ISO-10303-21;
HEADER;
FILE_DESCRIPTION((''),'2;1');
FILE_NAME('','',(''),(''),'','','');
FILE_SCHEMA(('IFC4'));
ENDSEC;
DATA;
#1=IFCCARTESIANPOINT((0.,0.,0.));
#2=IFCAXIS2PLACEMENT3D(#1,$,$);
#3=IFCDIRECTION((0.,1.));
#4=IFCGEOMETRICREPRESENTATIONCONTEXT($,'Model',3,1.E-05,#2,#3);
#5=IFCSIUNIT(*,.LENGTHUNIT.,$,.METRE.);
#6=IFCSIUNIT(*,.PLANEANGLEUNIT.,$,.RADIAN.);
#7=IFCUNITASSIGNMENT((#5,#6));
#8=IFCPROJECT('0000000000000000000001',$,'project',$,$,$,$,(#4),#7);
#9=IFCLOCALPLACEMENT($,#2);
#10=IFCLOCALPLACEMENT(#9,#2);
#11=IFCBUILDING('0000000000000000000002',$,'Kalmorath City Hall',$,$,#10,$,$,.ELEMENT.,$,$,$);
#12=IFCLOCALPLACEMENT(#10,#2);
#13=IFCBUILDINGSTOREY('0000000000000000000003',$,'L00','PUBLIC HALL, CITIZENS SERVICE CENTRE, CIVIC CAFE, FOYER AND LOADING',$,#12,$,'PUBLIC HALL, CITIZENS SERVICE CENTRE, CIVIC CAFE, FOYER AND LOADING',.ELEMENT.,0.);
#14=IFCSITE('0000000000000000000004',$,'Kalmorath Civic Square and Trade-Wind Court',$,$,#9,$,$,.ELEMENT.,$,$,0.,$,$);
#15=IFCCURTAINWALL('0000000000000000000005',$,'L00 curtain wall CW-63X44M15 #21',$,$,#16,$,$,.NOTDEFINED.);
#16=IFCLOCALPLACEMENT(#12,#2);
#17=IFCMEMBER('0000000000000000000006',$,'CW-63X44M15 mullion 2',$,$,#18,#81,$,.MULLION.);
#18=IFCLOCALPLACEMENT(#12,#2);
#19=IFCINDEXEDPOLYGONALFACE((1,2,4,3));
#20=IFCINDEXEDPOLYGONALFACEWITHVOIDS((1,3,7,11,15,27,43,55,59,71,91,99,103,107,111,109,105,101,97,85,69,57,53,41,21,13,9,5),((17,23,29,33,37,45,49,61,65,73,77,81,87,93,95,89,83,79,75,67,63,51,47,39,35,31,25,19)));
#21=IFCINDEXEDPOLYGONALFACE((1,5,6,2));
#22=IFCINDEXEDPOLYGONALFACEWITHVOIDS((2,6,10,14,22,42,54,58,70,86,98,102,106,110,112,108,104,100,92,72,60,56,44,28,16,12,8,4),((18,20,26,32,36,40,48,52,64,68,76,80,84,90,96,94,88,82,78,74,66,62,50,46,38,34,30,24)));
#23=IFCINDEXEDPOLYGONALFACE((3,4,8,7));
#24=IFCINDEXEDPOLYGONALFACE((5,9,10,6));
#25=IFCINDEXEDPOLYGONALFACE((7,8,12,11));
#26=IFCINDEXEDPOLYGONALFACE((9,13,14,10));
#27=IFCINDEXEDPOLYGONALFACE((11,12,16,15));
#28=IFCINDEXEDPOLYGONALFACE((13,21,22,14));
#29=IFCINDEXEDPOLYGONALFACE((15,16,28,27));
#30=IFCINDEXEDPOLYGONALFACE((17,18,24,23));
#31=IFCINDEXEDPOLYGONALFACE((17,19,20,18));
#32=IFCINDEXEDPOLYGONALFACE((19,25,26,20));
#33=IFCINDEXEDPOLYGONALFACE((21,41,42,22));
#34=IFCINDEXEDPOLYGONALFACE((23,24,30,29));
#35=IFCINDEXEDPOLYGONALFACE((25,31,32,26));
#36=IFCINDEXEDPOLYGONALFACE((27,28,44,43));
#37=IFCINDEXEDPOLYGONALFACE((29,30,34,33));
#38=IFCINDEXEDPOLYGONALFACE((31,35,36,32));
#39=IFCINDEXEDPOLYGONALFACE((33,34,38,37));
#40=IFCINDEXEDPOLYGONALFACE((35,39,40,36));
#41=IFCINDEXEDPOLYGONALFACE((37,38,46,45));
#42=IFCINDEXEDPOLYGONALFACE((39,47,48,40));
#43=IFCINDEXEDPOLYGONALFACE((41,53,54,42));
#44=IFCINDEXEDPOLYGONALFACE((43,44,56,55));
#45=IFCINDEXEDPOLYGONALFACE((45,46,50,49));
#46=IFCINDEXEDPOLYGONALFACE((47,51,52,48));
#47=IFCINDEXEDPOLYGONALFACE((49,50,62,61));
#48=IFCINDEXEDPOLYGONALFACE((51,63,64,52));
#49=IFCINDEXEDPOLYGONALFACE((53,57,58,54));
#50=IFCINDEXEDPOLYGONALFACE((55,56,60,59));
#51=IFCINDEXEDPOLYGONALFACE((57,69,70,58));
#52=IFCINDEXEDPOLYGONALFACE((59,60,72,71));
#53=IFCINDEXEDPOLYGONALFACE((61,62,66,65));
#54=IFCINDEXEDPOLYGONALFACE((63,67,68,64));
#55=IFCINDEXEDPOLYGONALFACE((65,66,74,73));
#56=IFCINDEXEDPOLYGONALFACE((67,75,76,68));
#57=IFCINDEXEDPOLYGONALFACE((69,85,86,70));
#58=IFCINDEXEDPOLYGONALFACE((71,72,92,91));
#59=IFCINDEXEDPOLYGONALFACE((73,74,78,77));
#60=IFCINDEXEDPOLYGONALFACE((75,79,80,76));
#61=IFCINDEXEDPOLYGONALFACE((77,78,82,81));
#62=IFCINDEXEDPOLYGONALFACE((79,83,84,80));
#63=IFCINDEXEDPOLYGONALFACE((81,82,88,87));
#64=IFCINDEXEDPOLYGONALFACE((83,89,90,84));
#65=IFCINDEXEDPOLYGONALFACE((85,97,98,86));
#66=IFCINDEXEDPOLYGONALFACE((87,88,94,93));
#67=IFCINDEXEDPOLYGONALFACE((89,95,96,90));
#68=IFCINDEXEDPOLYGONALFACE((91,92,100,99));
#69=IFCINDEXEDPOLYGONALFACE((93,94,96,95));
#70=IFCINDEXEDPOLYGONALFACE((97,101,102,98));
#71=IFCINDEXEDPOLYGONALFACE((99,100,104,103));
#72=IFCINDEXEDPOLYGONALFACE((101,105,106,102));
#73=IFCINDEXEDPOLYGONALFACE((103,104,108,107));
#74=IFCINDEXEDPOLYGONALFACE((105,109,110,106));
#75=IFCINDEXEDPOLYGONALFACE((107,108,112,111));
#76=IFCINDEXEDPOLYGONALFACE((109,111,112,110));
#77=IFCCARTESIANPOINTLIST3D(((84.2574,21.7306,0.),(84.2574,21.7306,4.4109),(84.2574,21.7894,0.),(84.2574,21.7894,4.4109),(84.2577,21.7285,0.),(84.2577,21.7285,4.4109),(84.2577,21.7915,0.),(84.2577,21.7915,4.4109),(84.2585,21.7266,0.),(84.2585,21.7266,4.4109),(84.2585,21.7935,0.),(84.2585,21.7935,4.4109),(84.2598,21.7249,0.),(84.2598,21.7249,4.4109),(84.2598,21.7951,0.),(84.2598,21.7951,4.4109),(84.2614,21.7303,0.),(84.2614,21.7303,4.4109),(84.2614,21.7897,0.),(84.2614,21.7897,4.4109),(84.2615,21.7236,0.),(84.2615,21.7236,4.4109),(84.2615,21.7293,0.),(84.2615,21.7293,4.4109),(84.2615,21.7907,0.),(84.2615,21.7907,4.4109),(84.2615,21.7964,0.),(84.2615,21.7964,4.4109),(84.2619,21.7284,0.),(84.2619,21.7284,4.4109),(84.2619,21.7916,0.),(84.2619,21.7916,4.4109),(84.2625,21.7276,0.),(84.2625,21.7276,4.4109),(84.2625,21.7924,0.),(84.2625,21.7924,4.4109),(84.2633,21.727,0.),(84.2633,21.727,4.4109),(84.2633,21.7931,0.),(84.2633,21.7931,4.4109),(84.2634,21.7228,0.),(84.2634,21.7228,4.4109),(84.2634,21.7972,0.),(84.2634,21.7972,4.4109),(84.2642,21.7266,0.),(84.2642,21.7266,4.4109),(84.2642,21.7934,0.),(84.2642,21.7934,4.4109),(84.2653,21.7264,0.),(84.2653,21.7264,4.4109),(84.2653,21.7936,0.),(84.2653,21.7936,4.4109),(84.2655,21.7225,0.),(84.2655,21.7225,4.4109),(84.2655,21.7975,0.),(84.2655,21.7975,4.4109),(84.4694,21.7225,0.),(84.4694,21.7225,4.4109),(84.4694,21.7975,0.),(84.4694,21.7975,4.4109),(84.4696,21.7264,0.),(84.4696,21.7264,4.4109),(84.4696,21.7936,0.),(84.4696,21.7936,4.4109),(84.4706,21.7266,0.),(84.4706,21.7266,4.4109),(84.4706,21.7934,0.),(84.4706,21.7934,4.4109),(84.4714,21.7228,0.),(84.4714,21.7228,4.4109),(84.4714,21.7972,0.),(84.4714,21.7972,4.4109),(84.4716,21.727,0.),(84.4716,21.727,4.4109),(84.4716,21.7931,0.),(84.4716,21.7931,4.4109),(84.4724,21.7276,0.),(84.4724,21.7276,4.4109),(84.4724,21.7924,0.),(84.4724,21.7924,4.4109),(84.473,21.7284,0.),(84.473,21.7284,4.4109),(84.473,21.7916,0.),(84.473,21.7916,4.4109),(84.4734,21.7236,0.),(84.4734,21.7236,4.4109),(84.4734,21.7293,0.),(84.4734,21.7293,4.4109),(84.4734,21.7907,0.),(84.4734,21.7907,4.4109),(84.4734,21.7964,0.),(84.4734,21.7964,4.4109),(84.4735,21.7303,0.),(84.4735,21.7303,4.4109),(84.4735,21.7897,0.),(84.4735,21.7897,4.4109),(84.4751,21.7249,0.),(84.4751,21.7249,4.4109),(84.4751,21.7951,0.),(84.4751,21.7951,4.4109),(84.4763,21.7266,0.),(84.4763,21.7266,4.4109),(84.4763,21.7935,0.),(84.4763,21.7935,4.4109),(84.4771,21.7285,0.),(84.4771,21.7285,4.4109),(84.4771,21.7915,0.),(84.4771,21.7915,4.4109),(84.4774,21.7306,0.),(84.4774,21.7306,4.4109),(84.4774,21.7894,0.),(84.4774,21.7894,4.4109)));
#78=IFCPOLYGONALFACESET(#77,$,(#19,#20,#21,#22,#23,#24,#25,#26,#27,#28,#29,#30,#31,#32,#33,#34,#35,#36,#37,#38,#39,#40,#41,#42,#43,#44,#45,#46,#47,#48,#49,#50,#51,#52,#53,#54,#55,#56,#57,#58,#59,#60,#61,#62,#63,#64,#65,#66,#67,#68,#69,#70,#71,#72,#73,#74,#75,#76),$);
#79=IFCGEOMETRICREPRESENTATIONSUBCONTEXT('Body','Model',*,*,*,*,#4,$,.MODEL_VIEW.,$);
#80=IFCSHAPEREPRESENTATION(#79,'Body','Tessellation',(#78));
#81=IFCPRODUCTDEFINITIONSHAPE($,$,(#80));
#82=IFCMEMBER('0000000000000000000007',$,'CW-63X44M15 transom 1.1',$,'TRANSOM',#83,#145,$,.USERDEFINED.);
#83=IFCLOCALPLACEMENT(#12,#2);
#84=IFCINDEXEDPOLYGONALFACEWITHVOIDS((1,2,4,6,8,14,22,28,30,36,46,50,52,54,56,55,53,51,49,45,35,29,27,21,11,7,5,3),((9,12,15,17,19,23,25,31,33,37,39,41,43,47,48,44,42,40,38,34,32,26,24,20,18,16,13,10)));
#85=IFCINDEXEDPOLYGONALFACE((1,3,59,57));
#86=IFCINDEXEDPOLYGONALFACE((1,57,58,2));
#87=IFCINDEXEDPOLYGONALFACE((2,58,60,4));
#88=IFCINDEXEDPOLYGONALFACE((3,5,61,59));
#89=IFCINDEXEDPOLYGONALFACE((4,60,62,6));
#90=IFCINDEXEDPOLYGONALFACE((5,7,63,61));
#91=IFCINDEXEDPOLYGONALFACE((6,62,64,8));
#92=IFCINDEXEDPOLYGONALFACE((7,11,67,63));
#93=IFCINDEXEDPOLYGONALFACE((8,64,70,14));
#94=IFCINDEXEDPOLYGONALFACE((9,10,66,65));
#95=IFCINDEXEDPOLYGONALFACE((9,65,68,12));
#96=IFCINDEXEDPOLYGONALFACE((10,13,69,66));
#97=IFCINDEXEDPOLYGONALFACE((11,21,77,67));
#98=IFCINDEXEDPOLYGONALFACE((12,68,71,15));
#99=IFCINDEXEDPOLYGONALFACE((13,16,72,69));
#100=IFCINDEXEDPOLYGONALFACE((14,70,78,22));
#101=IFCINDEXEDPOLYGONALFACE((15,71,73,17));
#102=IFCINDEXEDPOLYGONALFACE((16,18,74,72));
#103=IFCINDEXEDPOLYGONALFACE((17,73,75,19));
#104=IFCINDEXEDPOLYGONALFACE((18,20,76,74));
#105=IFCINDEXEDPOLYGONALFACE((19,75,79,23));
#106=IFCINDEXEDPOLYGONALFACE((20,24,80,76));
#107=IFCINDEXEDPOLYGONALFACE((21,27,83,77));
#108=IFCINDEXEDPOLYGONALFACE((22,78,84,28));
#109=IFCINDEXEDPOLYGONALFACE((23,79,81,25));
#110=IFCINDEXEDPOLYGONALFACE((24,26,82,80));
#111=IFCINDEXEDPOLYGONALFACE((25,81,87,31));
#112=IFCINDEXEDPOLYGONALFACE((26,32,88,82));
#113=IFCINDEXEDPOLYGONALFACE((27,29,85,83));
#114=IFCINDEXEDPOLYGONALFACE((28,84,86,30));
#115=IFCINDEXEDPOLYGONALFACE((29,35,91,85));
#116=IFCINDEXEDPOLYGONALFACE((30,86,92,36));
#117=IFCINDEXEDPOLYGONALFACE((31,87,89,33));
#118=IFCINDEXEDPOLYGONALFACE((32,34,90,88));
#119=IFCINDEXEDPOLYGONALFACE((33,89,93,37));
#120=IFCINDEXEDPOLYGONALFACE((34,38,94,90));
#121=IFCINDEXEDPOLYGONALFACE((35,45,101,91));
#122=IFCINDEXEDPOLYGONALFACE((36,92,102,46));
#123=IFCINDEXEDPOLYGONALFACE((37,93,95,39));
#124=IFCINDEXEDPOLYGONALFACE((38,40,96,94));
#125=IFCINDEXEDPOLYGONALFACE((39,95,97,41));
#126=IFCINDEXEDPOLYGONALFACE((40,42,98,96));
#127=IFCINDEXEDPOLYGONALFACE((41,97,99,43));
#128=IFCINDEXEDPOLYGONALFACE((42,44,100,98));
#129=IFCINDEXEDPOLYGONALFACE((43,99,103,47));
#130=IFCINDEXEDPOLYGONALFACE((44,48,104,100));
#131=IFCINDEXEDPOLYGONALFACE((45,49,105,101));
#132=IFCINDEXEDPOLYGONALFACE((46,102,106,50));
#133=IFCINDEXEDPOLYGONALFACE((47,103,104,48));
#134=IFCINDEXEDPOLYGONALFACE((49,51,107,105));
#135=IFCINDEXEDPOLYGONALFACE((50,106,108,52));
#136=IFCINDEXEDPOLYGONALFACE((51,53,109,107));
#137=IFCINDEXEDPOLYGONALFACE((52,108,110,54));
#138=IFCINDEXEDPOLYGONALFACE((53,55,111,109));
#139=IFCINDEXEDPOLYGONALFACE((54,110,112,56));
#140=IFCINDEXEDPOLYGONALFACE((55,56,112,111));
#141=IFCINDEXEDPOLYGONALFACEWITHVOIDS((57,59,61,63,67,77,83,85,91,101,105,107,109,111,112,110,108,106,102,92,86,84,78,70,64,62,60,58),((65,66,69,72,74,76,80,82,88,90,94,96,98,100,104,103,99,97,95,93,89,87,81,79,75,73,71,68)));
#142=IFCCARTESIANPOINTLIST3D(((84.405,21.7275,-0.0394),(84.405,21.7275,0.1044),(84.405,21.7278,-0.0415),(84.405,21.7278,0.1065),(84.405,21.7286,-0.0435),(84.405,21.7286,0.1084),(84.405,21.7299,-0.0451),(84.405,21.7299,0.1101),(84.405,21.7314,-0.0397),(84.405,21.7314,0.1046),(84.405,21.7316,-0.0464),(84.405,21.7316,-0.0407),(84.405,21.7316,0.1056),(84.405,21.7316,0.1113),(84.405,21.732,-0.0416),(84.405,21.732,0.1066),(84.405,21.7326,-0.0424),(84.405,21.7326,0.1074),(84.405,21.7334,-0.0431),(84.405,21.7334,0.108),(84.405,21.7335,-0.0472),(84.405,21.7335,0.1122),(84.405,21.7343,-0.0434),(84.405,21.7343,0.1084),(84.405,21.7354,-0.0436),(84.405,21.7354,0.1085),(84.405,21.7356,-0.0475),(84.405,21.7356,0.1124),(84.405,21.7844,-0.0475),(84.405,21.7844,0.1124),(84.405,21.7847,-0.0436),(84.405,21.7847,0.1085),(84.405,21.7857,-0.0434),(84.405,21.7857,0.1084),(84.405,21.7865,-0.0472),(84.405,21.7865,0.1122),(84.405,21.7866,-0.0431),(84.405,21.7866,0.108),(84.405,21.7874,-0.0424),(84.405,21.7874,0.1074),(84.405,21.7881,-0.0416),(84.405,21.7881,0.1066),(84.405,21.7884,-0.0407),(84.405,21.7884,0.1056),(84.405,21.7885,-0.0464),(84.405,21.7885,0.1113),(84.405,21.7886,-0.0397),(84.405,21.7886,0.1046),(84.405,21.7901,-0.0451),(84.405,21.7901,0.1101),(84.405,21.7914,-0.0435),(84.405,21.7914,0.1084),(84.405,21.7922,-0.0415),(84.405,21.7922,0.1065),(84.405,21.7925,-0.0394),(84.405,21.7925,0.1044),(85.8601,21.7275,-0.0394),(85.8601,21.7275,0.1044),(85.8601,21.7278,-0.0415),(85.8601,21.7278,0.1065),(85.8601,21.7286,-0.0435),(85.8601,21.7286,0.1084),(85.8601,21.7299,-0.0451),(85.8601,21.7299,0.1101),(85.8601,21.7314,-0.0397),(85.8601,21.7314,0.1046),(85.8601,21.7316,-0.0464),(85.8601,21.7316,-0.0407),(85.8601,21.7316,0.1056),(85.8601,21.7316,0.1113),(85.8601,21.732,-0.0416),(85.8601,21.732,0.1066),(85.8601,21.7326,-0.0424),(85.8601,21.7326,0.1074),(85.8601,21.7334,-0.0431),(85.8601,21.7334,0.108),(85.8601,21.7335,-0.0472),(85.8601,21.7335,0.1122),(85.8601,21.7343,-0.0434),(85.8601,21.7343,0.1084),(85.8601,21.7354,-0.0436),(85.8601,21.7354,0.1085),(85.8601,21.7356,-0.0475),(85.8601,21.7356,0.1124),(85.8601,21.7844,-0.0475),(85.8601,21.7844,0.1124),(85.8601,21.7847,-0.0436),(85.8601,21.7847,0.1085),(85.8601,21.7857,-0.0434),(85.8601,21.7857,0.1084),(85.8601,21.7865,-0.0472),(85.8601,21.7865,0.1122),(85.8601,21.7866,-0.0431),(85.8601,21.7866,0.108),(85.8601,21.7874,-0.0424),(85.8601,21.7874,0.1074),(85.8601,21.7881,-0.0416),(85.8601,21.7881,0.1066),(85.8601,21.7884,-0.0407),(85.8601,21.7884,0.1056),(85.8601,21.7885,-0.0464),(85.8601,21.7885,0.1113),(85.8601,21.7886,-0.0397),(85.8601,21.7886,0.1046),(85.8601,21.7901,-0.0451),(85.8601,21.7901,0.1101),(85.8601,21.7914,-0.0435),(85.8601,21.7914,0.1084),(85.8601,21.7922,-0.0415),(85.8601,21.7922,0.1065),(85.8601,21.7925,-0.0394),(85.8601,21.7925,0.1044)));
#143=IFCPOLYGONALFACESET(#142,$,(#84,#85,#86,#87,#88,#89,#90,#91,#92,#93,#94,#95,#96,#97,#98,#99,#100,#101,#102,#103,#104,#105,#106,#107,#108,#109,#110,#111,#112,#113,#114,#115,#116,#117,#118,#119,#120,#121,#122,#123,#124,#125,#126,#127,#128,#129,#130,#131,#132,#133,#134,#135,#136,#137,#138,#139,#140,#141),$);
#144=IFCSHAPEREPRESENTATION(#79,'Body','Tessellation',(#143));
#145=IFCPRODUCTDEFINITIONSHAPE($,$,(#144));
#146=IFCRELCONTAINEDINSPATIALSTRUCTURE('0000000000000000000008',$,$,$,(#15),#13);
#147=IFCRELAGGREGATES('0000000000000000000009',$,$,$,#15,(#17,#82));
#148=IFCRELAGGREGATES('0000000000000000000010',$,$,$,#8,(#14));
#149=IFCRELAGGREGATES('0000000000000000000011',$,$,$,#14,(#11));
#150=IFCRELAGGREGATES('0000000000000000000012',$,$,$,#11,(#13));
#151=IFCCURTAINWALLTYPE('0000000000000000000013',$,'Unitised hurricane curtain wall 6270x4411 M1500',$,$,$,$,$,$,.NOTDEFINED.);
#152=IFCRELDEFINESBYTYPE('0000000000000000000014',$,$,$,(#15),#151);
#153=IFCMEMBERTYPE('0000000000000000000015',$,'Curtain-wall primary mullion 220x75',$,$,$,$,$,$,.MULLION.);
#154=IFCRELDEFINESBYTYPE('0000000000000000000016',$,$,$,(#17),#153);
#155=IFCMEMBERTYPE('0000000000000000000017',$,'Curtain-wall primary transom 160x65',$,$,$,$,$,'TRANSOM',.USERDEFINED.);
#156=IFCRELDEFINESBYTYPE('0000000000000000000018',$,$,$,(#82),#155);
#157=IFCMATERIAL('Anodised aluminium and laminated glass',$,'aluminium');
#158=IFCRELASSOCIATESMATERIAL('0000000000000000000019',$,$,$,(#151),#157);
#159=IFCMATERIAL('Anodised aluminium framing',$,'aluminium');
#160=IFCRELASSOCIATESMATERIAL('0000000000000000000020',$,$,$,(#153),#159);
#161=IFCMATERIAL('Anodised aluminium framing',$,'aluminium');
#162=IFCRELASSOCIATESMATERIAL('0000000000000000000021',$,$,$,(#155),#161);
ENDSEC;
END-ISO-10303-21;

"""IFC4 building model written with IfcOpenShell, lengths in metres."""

from ifc_helpers import new_model, si_unit, direction, frame, origin, origin_2d, place, context, subcontext, project, spatial, hollow_rectangle, extrude, material, material_profile, profile_set, type_object, element, aggregate, save


model = new_model("IFC4")

# Units and contexts
model_context = context("Model", 3, precision=1e-05, world=origin(), true_north=direction((0.0, 1.0)))
body_context = subcontext(model_context, "Body", "Model", "MODEL_VIEW")
ifc_project = project(units=[si_unit("LENGTHUNIT", "METRE"), si_unit("PLANEANGLEUNIT", "RADIAN")], contexts=[model_context])

# Site, building, storey
site_placement = place(None, origin())
site = spatial("IfcSite", under=ifc_project, at=site_placement, Name="Kalmorath Civic Square and Trade-Wind Court", CompositionType="ELEMENT", RefElevation=0.0)
building_placement = place(site_placement, origin())
building = spatial("IfcBuilding", under=site, at=building_placement, Name="Kalmorath City Hall", CompositionType="ELEMENT")
storey_placement = place(building_placement, origin())
storey = spatial("IfcBuildingStorey", under=building, at=storey_placement, Name="L00", Description="PUBLIC HALL, CITIZENS SERVICE CENTRE, CIVIC CAFE, FOYER AND LOADING", LongName="PUBLIC HALL, CITIZENS SERVICE CENTRE, CIVIC CAFE, FOYER AND LOADING", CompositionType="ELEMENT", Elevation=0.0)

# Curtain wall, members
ifc_material_1 = material(Name="Anodised aluminium and laminated glass", Category="aluminium")
curtain_wall_type = type_object("IfcCurtainWallType", Name="Unitised hurricane curtain wall 6270x4411 M1500", PredefinedType="NOTDEFINED", material=ifc_material_1)
curtain_wall_placement = place(storey_placement, origin())
curtain_wall = element("IfcCurtainWall", 1, at=curtain_wall_placement, inside=storey, type_object=curtain_wall_type, Name="L00 curtain wall CW-63X44M15 #21", PredefinedType="NOTDEFINED")
ifc_material_2 = material(Name="Anodised aluminium framing", Category="aluminium")
ifc_material_profile_1 = material_profile(ifc_material_2, hollow_rectangle(XDim=0.075, YDim=0.22, WallThickness=0.0039, InnerFilletRadius=0.0039, OuterFilletRadius=0.0081, at=origin_2d()), Name="ALU-MUL-220X75X4")
ifc_profile_set_1 = profile_set([ifc_material_profile_1], Name="Anodised aluminium framing")
member_type_1 = type_object("IfcMemberType", Name="Curtain-wall primary mullion 220x75", PredefinedType="MULLION", material=ifc_profile_set_1)
member_1_placement = place(storey_placement, frame((84.3674, 21.76, 0.0), z_axis=(0.0, 0.0, 1.0), x_axis=(0.0, -1.0, 0.0)))
member_1 = element("IfcMember", 2, at=member_1_placement, type_object=member_type_1, Name="CW-63X44M15 mullion 2", PredefinedType="MULLION", context=body_context, shape_type="SweptSolid", body=[
    extrude(hollow_rectangle(XDim=0.075, YDim=0.22, WallThickness=0.0039, InnerFilletRadius=0.0039, OuterFilletRadius=0.0081, at=origin_2d()), origin(), (0.0, 0.0, 1.0), 4.4109),
])
ifc_material_3 = material(Name="Anodised aluminium framing", Category="aluminium")
ifc_material_profile_2 = material_profile(ifc_material_3, hollow_rectangle(XDim=0.0649, YDim=0.1599, WallThickness=0.0039, InnerFilletRadius=0.0039, OuterFilletRadius=0.0081, at=origin_2d()), Name="ALU-TRN-160X65X4")
ifc_profile_set_2 = profile_set([ifc_material_profile_2], Name="Anodised aluminium framing")
member_type_2 = type_object("IfcMemberType", Name="Curtain-wall primary transom 160x65", ElementType="TRANSOM", PredefinedType="USERDEFINED", material=ifc_profile_set_2)
member_2_placement = place(storey_placement, frame((85.8601, 21.76, 0.0325), z_axis=(-1.0, 0.0, 0.0), x_axis=(0.0, -1.0, 0.0)))
member_2 = element("IfcMember", 3, at=member_2_placement, type_object=member_type_2, Name="CW-63X44M15 transom 1.1", ObjectType="TRANSOM", PredefinedType="USERDEFINED", context=body_context, shape_type="SweptSolid", body=[
    extrude(hollow_rectangle(XDim=0.0649, YDim=0.1599, WallThickness=0.0039, InnerFilletRadius=0.0039, OuterFilletRadius=0.0081, at=origin_2d()), origin(), (0.0, 0.0, 1.0), 1.4551),
])

aggregate(curtain_wall, [member_1, member_2])

save(model, "model.ifc")
